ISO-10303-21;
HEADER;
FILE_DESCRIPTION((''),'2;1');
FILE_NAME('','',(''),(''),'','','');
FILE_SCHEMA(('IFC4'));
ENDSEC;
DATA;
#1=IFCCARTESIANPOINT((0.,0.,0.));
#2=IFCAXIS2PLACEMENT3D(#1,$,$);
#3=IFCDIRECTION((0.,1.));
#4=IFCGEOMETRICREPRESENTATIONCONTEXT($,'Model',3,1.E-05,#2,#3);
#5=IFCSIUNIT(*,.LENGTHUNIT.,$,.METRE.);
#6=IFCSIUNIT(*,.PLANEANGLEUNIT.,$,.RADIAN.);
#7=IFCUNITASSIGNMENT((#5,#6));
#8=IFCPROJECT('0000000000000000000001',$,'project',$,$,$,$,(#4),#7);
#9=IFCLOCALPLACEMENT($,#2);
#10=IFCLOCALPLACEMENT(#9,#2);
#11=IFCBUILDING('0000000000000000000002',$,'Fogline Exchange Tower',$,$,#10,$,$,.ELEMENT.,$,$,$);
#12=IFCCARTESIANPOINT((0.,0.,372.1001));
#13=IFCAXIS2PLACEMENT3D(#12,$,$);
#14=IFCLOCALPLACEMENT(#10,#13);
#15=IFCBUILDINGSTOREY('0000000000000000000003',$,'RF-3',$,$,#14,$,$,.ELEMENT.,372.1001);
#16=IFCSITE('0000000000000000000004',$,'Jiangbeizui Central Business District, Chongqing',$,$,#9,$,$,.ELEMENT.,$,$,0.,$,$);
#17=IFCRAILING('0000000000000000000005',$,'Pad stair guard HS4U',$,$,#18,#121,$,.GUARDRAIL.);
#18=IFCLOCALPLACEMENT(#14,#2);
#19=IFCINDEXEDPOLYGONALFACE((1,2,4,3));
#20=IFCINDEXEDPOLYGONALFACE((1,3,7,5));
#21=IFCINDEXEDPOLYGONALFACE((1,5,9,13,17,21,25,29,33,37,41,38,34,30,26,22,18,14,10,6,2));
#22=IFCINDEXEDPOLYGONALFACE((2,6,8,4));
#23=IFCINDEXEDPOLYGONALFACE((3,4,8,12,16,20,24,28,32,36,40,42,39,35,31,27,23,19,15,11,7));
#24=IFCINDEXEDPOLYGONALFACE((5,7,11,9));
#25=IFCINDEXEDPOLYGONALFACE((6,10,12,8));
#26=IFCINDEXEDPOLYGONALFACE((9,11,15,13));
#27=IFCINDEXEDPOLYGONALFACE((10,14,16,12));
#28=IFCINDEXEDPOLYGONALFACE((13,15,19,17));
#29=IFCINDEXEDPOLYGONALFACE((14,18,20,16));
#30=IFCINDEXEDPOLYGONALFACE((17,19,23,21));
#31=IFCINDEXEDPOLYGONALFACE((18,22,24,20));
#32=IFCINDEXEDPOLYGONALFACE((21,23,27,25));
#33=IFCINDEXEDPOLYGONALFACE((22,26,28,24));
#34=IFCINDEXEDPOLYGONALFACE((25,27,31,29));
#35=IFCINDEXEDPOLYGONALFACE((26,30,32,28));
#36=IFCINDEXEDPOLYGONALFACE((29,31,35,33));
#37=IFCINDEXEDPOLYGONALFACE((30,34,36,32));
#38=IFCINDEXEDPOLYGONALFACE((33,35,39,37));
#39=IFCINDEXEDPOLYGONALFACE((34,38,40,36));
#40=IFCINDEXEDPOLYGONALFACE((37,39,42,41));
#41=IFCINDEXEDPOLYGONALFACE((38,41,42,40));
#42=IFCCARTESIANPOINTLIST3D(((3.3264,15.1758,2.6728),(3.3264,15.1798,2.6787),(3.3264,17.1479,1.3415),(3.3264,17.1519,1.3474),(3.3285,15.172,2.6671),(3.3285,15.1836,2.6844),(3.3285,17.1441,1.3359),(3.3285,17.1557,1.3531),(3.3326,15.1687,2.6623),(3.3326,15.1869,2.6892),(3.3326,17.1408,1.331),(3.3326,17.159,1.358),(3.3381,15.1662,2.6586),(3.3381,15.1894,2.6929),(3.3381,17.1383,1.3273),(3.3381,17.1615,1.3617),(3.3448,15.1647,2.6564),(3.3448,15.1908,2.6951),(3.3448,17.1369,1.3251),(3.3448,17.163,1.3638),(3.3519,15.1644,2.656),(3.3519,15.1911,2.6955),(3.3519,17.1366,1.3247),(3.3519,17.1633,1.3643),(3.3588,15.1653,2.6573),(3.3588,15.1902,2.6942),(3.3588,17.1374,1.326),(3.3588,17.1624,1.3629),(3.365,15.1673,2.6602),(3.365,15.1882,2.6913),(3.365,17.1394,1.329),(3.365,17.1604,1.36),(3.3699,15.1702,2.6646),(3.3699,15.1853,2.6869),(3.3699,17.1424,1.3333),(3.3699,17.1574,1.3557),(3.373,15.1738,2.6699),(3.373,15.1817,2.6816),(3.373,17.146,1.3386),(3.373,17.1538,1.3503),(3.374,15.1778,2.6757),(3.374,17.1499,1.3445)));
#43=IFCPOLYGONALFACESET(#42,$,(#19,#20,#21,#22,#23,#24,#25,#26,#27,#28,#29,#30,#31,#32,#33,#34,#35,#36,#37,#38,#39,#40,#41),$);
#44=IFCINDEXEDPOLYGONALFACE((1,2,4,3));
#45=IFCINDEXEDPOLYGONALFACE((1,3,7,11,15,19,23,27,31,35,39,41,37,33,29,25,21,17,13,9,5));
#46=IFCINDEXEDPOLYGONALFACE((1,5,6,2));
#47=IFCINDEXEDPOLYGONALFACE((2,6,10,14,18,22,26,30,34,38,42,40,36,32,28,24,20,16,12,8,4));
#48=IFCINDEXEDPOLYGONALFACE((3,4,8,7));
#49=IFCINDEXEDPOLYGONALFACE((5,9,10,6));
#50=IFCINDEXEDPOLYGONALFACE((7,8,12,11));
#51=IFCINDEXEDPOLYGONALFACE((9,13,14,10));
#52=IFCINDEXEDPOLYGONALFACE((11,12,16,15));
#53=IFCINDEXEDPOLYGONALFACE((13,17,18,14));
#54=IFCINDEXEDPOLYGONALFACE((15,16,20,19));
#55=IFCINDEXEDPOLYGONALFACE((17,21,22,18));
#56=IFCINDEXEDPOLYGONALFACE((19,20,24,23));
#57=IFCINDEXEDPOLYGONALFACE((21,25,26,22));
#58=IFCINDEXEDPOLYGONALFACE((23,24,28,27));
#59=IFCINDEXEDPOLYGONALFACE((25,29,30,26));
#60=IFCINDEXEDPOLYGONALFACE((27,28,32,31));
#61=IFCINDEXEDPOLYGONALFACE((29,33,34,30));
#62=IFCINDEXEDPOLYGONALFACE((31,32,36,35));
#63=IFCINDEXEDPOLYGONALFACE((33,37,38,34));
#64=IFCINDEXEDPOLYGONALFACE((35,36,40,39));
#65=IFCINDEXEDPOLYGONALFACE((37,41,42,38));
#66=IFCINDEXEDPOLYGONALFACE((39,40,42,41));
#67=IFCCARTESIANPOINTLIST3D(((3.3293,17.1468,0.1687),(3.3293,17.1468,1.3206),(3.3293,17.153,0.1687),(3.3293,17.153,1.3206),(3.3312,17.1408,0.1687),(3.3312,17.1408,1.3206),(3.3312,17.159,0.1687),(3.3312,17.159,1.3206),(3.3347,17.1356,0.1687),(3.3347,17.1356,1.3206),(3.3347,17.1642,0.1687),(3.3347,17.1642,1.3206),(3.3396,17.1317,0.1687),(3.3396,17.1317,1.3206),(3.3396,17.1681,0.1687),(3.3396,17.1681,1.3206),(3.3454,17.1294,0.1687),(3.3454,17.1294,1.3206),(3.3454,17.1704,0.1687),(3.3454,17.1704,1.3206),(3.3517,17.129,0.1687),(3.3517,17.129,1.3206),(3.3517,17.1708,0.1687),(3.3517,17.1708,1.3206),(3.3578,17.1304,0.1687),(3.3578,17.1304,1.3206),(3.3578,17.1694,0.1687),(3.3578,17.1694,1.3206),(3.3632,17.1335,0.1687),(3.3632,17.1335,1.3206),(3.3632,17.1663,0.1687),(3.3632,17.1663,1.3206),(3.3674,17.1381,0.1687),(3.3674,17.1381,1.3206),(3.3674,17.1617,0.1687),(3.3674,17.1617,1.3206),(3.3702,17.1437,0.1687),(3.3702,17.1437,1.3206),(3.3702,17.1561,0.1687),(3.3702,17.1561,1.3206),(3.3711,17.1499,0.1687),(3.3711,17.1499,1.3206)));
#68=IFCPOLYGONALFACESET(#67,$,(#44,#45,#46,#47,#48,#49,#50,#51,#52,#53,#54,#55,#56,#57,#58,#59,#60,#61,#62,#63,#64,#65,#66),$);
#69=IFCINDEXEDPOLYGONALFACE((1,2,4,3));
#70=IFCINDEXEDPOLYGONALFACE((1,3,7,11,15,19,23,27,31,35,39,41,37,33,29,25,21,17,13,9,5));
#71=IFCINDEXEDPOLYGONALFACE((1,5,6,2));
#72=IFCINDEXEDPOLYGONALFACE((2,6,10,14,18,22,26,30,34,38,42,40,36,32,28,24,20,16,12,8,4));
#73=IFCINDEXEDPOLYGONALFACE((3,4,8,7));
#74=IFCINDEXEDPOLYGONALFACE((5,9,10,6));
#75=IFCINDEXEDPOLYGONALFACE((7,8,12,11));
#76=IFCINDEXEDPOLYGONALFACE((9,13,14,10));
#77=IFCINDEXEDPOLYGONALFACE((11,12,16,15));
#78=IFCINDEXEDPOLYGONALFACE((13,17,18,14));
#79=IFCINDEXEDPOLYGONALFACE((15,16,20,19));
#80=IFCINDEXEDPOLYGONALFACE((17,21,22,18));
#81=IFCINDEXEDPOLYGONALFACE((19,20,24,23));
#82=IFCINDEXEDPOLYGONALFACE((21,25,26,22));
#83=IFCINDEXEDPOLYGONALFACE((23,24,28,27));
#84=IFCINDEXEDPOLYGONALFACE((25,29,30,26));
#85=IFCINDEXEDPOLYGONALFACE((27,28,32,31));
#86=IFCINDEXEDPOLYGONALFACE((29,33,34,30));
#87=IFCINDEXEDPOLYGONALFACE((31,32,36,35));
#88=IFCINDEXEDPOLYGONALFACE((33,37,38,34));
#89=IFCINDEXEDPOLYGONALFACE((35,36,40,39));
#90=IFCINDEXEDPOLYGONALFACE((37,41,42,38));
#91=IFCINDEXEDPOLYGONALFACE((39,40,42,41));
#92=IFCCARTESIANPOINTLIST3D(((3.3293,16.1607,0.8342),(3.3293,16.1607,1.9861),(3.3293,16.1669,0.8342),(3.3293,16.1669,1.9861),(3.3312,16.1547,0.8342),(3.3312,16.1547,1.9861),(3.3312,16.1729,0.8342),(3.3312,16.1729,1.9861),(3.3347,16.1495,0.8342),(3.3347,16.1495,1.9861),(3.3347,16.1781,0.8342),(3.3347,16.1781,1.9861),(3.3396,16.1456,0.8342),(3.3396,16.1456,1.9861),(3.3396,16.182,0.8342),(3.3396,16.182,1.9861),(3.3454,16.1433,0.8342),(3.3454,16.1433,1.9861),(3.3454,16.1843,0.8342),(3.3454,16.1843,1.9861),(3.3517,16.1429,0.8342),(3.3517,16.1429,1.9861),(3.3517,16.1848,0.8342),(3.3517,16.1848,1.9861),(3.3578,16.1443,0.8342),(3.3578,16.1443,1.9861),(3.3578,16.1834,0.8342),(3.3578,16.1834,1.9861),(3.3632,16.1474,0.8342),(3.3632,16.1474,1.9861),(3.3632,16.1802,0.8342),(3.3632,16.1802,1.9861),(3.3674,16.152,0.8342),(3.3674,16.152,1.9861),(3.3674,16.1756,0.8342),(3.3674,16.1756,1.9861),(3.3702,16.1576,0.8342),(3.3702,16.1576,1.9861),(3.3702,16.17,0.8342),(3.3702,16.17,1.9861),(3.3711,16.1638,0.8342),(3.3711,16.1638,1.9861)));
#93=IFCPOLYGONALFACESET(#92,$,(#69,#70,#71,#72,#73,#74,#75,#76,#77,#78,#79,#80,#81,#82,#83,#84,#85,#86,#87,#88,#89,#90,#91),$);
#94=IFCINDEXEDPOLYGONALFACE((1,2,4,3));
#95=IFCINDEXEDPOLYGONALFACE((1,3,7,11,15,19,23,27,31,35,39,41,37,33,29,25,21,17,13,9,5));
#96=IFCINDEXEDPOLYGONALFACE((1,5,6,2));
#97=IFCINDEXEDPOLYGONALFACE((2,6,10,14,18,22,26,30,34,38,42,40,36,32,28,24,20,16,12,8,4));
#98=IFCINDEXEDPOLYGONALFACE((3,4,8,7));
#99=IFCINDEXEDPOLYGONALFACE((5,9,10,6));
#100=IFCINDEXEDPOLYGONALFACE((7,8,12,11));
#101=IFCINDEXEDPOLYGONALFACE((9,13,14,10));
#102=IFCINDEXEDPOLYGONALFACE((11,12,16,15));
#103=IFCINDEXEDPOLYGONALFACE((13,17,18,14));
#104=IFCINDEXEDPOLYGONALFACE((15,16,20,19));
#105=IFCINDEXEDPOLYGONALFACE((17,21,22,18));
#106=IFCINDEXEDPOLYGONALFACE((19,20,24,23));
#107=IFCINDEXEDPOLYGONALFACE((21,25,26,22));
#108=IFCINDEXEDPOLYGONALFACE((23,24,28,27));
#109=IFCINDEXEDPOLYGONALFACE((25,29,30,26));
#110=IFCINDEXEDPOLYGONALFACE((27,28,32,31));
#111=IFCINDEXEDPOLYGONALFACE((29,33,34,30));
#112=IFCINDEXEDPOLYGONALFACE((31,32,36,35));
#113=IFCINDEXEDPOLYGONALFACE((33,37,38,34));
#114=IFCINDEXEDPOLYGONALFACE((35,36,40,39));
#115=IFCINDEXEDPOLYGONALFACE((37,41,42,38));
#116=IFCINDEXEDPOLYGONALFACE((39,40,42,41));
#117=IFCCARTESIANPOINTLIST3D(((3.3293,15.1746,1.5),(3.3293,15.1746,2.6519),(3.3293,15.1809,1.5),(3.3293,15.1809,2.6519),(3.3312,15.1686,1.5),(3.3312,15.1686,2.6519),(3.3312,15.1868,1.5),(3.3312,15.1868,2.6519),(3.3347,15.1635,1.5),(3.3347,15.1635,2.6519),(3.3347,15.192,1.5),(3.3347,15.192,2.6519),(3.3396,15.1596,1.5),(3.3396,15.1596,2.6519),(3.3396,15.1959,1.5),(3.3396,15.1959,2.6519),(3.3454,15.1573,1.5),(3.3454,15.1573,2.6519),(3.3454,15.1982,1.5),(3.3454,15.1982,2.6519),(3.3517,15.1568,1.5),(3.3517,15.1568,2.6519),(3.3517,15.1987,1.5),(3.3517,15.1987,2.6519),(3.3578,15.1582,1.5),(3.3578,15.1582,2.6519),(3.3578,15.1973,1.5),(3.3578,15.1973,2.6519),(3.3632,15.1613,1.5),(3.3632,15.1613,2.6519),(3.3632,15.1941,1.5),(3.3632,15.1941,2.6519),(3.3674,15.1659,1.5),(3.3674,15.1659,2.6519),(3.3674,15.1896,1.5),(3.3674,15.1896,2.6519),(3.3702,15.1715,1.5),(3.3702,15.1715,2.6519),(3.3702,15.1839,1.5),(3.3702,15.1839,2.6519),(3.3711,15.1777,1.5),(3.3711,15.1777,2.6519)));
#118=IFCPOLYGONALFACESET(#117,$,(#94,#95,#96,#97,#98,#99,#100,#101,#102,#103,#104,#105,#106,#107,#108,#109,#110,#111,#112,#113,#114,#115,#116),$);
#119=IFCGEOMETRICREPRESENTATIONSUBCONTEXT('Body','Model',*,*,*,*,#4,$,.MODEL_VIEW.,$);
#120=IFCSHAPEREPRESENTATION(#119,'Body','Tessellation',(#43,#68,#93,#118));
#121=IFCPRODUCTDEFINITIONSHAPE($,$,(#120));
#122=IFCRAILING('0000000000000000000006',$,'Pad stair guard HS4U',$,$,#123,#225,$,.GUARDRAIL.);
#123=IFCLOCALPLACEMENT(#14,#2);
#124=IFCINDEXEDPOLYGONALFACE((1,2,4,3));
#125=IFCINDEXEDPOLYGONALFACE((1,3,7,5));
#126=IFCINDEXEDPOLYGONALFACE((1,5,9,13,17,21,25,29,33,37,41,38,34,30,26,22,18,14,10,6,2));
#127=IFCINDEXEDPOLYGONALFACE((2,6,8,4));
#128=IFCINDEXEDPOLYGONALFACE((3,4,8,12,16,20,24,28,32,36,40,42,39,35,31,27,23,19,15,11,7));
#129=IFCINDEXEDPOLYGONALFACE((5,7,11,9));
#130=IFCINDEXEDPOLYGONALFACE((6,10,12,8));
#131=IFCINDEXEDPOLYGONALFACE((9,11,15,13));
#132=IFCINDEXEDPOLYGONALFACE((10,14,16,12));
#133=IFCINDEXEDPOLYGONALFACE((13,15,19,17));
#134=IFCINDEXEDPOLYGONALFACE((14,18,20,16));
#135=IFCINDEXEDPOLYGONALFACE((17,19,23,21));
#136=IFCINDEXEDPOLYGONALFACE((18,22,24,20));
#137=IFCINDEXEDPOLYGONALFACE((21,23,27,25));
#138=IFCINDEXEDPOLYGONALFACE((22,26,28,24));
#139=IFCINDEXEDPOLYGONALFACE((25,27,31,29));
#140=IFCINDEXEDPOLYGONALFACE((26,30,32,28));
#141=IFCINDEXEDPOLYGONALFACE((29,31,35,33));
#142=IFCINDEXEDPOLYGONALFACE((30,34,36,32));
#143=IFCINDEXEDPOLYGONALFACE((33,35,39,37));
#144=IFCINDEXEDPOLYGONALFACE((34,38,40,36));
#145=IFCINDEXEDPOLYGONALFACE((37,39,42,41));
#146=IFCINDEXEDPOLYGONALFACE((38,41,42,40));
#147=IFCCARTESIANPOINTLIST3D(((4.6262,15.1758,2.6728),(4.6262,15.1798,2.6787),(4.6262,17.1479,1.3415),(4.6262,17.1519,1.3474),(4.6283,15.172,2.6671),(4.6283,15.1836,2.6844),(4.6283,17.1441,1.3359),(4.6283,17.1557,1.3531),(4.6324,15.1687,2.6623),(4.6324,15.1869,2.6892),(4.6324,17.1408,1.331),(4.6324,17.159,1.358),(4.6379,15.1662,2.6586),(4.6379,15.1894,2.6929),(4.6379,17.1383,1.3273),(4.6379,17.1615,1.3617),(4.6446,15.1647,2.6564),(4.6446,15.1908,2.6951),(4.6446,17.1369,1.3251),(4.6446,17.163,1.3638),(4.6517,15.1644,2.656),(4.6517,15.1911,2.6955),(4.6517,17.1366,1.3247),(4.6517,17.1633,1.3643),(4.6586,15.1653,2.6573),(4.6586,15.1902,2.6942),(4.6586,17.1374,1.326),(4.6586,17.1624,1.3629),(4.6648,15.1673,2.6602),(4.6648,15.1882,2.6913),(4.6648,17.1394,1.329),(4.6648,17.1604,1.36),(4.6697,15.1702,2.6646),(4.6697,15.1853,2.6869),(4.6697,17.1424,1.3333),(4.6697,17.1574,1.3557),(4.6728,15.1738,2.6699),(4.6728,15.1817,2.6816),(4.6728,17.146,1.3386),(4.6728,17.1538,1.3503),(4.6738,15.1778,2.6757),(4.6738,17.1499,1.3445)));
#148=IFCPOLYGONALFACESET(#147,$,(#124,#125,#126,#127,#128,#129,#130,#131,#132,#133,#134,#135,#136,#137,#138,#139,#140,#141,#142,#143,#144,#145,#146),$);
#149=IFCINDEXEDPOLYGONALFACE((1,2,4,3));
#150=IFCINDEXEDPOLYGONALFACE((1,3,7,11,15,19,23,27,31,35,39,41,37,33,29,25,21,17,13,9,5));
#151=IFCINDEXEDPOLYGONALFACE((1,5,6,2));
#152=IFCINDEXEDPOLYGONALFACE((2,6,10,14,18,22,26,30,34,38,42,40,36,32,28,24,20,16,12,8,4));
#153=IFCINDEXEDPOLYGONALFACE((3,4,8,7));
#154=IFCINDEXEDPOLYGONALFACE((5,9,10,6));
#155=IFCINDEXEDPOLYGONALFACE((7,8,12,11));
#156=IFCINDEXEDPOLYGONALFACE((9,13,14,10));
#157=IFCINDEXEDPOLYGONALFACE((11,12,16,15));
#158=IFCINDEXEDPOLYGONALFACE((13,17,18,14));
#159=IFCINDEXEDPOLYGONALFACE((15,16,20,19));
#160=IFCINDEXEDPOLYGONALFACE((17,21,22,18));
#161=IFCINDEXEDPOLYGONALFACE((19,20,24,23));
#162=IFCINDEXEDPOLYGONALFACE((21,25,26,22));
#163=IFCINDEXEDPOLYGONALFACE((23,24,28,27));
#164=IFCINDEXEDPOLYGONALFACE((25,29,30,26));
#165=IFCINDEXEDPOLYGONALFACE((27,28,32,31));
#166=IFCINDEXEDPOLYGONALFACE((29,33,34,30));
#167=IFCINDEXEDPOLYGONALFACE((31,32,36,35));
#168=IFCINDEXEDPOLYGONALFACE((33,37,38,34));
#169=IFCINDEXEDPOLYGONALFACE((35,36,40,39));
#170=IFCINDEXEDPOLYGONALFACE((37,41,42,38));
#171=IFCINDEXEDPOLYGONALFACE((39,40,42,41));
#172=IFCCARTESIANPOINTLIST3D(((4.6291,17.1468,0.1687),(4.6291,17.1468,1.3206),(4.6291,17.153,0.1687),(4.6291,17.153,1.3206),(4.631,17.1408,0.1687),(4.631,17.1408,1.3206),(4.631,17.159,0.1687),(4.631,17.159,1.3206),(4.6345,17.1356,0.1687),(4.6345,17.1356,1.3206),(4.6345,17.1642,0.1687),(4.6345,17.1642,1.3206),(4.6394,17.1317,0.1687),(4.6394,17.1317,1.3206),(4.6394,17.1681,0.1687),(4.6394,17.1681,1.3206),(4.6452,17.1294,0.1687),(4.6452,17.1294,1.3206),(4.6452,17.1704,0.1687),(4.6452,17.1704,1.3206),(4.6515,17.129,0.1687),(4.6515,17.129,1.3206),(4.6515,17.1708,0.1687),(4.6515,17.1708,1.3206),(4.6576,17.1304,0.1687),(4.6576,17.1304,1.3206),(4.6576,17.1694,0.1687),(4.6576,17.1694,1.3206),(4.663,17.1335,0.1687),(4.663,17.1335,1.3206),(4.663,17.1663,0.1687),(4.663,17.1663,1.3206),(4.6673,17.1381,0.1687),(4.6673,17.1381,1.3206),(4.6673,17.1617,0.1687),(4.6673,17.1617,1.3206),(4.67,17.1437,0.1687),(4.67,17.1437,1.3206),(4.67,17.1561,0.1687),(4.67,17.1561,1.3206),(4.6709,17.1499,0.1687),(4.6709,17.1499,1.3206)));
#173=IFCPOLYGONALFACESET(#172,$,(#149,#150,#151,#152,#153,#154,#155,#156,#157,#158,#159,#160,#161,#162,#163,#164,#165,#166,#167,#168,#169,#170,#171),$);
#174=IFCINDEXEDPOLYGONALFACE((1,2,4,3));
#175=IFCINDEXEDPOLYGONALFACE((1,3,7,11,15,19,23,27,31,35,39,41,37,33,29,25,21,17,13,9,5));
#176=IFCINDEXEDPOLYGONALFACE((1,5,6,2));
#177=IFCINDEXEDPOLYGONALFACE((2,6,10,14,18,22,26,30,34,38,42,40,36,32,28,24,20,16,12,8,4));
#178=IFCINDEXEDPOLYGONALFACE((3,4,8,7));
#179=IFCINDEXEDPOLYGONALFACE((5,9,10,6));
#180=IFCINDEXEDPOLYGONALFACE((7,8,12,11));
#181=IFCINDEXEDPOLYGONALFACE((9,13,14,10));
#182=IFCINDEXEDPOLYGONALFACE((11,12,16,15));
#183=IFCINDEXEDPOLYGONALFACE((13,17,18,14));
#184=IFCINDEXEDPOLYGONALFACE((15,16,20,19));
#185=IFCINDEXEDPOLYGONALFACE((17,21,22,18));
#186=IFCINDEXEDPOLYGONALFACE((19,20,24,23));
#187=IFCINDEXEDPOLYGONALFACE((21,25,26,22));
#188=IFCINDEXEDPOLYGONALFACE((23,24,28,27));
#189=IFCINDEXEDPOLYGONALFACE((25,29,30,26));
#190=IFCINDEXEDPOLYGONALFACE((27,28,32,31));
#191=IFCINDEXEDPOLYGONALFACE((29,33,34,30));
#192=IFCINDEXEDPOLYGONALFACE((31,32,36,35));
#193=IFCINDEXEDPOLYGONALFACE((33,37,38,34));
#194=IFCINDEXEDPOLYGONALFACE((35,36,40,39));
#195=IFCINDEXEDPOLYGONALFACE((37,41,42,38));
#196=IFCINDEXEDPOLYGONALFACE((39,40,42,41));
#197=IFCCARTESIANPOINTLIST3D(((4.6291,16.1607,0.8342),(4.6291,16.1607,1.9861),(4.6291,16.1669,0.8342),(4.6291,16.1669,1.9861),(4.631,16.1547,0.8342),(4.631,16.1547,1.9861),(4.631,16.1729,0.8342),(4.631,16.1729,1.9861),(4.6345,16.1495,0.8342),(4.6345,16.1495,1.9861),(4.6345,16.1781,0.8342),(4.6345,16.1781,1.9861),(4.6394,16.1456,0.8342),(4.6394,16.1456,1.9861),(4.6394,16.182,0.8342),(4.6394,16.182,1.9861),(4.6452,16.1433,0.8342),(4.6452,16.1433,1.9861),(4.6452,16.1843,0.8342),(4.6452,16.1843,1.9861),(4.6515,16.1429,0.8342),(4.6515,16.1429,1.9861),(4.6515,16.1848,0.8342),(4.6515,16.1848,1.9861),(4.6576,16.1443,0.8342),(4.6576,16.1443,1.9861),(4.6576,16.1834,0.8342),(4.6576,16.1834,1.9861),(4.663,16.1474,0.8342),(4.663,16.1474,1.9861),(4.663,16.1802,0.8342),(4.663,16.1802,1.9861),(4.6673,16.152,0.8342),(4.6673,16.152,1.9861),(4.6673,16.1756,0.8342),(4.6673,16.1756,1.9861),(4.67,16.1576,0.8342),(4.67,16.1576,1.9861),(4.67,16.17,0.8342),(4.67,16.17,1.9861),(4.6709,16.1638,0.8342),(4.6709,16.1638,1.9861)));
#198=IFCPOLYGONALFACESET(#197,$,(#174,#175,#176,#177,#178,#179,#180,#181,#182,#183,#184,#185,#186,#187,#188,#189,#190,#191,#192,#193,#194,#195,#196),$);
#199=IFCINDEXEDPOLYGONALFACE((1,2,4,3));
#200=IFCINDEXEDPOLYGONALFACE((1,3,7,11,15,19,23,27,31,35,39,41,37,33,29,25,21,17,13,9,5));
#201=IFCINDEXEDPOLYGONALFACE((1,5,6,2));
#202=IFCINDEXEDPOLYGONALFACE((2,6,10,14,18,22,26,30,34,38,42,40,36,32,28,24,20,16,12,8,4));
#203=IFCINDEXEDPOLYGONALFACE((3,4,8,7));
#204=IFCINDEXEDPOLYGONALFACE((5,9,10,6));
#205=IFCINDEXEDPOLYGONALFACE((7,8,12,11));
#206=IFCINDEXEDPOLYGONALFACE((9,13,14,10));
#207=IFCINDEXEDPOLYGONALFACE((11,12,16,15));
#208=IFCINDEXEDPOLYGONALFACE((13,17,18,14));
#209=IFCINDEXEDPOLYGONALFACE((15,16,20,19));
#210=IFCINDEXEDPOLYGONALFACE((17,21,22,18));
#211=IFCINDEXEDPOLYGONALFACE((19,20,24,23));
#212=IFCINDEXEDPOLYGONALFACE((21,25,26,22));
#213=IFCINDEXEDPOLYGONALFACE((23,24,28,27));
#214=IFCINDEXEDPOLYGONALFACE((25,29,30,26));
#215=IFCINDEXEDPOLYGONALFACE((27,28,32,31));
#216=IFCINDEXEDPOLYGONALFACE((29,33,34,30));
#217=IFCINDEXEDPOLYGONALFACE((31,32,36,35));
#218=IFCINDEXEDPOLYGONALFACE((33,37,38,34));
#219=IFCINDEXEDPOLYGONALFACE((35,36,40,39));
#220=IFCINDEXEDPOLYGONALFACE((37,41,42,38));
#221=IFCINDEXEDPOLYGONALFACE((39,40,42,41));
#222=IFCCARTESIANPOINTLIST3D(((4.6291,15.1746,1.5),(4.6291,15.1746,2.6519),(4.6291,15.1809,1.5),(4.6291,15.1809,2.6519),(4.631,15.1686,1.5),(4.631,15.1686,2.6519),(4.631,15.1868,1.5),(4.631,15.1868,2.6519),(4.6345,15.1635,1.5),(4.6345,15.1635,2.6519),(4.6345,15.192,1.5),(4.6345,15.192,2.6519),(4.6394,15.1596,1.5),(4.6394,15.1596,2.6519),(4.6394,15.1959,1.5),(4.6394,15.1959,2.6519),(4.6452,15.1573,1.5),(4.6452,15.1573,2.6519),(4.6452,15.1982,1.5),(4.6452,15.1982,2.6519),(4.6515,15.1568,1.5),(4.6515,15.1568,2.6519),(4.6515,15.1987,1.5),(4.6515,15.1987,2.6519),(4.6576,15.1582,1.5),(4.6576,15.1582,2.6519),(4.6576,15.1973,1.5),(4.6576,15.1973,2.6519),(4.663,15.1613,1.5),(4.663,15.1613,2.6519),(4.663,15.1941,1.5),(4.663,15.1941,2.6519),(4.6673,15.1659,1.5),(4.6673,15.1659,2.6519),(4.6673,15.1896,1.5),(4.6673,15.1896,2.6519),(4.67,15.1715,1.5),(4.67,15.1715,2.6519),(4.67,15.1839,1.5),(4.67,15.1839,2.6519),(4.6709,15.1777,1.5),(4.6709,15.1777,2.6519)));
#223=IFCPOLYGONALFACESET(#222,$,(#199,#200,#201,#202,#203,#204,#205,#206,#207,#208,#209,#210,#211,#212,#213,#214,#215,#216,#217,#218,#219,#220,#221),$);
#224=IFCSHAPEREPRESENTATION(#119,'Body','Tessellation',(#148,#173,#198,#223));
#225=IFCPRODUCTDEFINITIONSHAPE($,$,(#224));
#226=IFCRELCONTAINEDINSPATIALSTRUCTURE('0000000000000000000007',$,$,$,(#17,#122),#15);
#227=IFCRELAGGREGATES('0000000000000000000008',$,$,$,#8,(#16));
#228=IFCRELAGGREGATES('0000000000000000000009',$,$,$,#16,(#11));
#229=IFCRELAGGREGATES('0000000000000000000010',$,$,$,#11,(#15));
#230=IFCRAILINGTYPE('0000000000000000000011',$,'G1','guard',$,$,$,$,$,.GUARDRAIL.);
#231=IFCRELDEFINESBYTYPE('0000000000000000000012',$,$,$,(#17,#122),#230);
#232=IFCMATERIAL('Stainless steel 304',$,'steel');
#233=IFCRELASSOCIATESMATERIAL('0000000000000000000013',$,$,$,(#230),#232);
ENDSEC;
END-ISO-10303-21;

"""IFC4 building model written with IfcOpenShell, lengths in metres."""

from ifc_helpers import new_model, si_unit, direction, frame, origin, origin_2d, place, context, subcontext, project, spatial, circle, extrude, material, type_object, element, save


model = new_model("IFC4")

# Units and contexts
model_context = context("Model", 3, precision=1e-05, world=origin(), true_north=direction((0.0, 1.0)))
body_context = subcontext(model_context, "Body", "Model", "MODEL_VIEW")
ifc_project = project(units=[si_unit("LENGTHUNIT", "METRE"), si_unit("PLANEANGLEUNIT", "RADIAN")], contexts=[model_context])

# Site, building, storey
site_placement = place(None, origin())
site = spatial("IfcSite", under=ifc_project, at=site_placement, Name="Jiangbeizui Central Business District, Chongqing", CompositionType="ELEMENT", RefElevation=0.0)
building_placement = place(site_placement, origin())
building = spatial("IfcBuilding", under=site, at=building_placement, Name="Fogline Exchange Tower", CompositionType="ELEMENT")
storey_placement = place(building_placement, frame((0.0, 0.0, 372.1001)))
storey = spatial("IfcBuildingStorey", under=building, at=storey_placement, Name="RF-3", CompositionType="ELEMENT", Elevation=372.1001)

# Railings
ifc_material_1 = material(Name="Stainless steel 304", Category="steel")
railing_type_1 = type_object("IfcRailingType", Name="G1", Description="guard", PredefinedType="GUARDRAIL", material=ifc_material_1)
for number, where, name in (
    (1, (3.3501, 17.1499, 0.1687), "Pad stair guard HS4U"),
    (2, (4.6499, 17.1499, 0.1687), "Pad stair guard HS4U"),
):
    element("IfcRailing", number, at=place(storey_placement, frame(where)), inside=storey, type_object=railing_type_1, Name=name, PredefinedType="GUARDRAIL", context=body_context, shape_type="SweptSolid", body=[
        extrude(circle(Radius=0.0239, at=origin_2d()), frame((0.0, 0.0, 1.1758), z_axis=(0.0, -0.828832, 0.559498), x_axis=(1.0, 0.0, 0.0)), (0.0, 0.0, 1.0), 2.3794),
        extrude(circle(Radius=0.021, at=origin_2d()), origin(), (0.0, 0.0, 1.0), 1.1519),
        extrude(circle(Radius=0.021, at=origin_2d()), frame((0.0, -0.9861, 0.6655)), (0.0, 0.0, 1.0), 1.1519),
        extrude(circle(Radius=0.021, at=origin_2d()), frame((0.0, -1.9722, 1.3313)), (0.0, 0.0, 1.0), 1.1519),
    ])

save(model, "model.ifc")
